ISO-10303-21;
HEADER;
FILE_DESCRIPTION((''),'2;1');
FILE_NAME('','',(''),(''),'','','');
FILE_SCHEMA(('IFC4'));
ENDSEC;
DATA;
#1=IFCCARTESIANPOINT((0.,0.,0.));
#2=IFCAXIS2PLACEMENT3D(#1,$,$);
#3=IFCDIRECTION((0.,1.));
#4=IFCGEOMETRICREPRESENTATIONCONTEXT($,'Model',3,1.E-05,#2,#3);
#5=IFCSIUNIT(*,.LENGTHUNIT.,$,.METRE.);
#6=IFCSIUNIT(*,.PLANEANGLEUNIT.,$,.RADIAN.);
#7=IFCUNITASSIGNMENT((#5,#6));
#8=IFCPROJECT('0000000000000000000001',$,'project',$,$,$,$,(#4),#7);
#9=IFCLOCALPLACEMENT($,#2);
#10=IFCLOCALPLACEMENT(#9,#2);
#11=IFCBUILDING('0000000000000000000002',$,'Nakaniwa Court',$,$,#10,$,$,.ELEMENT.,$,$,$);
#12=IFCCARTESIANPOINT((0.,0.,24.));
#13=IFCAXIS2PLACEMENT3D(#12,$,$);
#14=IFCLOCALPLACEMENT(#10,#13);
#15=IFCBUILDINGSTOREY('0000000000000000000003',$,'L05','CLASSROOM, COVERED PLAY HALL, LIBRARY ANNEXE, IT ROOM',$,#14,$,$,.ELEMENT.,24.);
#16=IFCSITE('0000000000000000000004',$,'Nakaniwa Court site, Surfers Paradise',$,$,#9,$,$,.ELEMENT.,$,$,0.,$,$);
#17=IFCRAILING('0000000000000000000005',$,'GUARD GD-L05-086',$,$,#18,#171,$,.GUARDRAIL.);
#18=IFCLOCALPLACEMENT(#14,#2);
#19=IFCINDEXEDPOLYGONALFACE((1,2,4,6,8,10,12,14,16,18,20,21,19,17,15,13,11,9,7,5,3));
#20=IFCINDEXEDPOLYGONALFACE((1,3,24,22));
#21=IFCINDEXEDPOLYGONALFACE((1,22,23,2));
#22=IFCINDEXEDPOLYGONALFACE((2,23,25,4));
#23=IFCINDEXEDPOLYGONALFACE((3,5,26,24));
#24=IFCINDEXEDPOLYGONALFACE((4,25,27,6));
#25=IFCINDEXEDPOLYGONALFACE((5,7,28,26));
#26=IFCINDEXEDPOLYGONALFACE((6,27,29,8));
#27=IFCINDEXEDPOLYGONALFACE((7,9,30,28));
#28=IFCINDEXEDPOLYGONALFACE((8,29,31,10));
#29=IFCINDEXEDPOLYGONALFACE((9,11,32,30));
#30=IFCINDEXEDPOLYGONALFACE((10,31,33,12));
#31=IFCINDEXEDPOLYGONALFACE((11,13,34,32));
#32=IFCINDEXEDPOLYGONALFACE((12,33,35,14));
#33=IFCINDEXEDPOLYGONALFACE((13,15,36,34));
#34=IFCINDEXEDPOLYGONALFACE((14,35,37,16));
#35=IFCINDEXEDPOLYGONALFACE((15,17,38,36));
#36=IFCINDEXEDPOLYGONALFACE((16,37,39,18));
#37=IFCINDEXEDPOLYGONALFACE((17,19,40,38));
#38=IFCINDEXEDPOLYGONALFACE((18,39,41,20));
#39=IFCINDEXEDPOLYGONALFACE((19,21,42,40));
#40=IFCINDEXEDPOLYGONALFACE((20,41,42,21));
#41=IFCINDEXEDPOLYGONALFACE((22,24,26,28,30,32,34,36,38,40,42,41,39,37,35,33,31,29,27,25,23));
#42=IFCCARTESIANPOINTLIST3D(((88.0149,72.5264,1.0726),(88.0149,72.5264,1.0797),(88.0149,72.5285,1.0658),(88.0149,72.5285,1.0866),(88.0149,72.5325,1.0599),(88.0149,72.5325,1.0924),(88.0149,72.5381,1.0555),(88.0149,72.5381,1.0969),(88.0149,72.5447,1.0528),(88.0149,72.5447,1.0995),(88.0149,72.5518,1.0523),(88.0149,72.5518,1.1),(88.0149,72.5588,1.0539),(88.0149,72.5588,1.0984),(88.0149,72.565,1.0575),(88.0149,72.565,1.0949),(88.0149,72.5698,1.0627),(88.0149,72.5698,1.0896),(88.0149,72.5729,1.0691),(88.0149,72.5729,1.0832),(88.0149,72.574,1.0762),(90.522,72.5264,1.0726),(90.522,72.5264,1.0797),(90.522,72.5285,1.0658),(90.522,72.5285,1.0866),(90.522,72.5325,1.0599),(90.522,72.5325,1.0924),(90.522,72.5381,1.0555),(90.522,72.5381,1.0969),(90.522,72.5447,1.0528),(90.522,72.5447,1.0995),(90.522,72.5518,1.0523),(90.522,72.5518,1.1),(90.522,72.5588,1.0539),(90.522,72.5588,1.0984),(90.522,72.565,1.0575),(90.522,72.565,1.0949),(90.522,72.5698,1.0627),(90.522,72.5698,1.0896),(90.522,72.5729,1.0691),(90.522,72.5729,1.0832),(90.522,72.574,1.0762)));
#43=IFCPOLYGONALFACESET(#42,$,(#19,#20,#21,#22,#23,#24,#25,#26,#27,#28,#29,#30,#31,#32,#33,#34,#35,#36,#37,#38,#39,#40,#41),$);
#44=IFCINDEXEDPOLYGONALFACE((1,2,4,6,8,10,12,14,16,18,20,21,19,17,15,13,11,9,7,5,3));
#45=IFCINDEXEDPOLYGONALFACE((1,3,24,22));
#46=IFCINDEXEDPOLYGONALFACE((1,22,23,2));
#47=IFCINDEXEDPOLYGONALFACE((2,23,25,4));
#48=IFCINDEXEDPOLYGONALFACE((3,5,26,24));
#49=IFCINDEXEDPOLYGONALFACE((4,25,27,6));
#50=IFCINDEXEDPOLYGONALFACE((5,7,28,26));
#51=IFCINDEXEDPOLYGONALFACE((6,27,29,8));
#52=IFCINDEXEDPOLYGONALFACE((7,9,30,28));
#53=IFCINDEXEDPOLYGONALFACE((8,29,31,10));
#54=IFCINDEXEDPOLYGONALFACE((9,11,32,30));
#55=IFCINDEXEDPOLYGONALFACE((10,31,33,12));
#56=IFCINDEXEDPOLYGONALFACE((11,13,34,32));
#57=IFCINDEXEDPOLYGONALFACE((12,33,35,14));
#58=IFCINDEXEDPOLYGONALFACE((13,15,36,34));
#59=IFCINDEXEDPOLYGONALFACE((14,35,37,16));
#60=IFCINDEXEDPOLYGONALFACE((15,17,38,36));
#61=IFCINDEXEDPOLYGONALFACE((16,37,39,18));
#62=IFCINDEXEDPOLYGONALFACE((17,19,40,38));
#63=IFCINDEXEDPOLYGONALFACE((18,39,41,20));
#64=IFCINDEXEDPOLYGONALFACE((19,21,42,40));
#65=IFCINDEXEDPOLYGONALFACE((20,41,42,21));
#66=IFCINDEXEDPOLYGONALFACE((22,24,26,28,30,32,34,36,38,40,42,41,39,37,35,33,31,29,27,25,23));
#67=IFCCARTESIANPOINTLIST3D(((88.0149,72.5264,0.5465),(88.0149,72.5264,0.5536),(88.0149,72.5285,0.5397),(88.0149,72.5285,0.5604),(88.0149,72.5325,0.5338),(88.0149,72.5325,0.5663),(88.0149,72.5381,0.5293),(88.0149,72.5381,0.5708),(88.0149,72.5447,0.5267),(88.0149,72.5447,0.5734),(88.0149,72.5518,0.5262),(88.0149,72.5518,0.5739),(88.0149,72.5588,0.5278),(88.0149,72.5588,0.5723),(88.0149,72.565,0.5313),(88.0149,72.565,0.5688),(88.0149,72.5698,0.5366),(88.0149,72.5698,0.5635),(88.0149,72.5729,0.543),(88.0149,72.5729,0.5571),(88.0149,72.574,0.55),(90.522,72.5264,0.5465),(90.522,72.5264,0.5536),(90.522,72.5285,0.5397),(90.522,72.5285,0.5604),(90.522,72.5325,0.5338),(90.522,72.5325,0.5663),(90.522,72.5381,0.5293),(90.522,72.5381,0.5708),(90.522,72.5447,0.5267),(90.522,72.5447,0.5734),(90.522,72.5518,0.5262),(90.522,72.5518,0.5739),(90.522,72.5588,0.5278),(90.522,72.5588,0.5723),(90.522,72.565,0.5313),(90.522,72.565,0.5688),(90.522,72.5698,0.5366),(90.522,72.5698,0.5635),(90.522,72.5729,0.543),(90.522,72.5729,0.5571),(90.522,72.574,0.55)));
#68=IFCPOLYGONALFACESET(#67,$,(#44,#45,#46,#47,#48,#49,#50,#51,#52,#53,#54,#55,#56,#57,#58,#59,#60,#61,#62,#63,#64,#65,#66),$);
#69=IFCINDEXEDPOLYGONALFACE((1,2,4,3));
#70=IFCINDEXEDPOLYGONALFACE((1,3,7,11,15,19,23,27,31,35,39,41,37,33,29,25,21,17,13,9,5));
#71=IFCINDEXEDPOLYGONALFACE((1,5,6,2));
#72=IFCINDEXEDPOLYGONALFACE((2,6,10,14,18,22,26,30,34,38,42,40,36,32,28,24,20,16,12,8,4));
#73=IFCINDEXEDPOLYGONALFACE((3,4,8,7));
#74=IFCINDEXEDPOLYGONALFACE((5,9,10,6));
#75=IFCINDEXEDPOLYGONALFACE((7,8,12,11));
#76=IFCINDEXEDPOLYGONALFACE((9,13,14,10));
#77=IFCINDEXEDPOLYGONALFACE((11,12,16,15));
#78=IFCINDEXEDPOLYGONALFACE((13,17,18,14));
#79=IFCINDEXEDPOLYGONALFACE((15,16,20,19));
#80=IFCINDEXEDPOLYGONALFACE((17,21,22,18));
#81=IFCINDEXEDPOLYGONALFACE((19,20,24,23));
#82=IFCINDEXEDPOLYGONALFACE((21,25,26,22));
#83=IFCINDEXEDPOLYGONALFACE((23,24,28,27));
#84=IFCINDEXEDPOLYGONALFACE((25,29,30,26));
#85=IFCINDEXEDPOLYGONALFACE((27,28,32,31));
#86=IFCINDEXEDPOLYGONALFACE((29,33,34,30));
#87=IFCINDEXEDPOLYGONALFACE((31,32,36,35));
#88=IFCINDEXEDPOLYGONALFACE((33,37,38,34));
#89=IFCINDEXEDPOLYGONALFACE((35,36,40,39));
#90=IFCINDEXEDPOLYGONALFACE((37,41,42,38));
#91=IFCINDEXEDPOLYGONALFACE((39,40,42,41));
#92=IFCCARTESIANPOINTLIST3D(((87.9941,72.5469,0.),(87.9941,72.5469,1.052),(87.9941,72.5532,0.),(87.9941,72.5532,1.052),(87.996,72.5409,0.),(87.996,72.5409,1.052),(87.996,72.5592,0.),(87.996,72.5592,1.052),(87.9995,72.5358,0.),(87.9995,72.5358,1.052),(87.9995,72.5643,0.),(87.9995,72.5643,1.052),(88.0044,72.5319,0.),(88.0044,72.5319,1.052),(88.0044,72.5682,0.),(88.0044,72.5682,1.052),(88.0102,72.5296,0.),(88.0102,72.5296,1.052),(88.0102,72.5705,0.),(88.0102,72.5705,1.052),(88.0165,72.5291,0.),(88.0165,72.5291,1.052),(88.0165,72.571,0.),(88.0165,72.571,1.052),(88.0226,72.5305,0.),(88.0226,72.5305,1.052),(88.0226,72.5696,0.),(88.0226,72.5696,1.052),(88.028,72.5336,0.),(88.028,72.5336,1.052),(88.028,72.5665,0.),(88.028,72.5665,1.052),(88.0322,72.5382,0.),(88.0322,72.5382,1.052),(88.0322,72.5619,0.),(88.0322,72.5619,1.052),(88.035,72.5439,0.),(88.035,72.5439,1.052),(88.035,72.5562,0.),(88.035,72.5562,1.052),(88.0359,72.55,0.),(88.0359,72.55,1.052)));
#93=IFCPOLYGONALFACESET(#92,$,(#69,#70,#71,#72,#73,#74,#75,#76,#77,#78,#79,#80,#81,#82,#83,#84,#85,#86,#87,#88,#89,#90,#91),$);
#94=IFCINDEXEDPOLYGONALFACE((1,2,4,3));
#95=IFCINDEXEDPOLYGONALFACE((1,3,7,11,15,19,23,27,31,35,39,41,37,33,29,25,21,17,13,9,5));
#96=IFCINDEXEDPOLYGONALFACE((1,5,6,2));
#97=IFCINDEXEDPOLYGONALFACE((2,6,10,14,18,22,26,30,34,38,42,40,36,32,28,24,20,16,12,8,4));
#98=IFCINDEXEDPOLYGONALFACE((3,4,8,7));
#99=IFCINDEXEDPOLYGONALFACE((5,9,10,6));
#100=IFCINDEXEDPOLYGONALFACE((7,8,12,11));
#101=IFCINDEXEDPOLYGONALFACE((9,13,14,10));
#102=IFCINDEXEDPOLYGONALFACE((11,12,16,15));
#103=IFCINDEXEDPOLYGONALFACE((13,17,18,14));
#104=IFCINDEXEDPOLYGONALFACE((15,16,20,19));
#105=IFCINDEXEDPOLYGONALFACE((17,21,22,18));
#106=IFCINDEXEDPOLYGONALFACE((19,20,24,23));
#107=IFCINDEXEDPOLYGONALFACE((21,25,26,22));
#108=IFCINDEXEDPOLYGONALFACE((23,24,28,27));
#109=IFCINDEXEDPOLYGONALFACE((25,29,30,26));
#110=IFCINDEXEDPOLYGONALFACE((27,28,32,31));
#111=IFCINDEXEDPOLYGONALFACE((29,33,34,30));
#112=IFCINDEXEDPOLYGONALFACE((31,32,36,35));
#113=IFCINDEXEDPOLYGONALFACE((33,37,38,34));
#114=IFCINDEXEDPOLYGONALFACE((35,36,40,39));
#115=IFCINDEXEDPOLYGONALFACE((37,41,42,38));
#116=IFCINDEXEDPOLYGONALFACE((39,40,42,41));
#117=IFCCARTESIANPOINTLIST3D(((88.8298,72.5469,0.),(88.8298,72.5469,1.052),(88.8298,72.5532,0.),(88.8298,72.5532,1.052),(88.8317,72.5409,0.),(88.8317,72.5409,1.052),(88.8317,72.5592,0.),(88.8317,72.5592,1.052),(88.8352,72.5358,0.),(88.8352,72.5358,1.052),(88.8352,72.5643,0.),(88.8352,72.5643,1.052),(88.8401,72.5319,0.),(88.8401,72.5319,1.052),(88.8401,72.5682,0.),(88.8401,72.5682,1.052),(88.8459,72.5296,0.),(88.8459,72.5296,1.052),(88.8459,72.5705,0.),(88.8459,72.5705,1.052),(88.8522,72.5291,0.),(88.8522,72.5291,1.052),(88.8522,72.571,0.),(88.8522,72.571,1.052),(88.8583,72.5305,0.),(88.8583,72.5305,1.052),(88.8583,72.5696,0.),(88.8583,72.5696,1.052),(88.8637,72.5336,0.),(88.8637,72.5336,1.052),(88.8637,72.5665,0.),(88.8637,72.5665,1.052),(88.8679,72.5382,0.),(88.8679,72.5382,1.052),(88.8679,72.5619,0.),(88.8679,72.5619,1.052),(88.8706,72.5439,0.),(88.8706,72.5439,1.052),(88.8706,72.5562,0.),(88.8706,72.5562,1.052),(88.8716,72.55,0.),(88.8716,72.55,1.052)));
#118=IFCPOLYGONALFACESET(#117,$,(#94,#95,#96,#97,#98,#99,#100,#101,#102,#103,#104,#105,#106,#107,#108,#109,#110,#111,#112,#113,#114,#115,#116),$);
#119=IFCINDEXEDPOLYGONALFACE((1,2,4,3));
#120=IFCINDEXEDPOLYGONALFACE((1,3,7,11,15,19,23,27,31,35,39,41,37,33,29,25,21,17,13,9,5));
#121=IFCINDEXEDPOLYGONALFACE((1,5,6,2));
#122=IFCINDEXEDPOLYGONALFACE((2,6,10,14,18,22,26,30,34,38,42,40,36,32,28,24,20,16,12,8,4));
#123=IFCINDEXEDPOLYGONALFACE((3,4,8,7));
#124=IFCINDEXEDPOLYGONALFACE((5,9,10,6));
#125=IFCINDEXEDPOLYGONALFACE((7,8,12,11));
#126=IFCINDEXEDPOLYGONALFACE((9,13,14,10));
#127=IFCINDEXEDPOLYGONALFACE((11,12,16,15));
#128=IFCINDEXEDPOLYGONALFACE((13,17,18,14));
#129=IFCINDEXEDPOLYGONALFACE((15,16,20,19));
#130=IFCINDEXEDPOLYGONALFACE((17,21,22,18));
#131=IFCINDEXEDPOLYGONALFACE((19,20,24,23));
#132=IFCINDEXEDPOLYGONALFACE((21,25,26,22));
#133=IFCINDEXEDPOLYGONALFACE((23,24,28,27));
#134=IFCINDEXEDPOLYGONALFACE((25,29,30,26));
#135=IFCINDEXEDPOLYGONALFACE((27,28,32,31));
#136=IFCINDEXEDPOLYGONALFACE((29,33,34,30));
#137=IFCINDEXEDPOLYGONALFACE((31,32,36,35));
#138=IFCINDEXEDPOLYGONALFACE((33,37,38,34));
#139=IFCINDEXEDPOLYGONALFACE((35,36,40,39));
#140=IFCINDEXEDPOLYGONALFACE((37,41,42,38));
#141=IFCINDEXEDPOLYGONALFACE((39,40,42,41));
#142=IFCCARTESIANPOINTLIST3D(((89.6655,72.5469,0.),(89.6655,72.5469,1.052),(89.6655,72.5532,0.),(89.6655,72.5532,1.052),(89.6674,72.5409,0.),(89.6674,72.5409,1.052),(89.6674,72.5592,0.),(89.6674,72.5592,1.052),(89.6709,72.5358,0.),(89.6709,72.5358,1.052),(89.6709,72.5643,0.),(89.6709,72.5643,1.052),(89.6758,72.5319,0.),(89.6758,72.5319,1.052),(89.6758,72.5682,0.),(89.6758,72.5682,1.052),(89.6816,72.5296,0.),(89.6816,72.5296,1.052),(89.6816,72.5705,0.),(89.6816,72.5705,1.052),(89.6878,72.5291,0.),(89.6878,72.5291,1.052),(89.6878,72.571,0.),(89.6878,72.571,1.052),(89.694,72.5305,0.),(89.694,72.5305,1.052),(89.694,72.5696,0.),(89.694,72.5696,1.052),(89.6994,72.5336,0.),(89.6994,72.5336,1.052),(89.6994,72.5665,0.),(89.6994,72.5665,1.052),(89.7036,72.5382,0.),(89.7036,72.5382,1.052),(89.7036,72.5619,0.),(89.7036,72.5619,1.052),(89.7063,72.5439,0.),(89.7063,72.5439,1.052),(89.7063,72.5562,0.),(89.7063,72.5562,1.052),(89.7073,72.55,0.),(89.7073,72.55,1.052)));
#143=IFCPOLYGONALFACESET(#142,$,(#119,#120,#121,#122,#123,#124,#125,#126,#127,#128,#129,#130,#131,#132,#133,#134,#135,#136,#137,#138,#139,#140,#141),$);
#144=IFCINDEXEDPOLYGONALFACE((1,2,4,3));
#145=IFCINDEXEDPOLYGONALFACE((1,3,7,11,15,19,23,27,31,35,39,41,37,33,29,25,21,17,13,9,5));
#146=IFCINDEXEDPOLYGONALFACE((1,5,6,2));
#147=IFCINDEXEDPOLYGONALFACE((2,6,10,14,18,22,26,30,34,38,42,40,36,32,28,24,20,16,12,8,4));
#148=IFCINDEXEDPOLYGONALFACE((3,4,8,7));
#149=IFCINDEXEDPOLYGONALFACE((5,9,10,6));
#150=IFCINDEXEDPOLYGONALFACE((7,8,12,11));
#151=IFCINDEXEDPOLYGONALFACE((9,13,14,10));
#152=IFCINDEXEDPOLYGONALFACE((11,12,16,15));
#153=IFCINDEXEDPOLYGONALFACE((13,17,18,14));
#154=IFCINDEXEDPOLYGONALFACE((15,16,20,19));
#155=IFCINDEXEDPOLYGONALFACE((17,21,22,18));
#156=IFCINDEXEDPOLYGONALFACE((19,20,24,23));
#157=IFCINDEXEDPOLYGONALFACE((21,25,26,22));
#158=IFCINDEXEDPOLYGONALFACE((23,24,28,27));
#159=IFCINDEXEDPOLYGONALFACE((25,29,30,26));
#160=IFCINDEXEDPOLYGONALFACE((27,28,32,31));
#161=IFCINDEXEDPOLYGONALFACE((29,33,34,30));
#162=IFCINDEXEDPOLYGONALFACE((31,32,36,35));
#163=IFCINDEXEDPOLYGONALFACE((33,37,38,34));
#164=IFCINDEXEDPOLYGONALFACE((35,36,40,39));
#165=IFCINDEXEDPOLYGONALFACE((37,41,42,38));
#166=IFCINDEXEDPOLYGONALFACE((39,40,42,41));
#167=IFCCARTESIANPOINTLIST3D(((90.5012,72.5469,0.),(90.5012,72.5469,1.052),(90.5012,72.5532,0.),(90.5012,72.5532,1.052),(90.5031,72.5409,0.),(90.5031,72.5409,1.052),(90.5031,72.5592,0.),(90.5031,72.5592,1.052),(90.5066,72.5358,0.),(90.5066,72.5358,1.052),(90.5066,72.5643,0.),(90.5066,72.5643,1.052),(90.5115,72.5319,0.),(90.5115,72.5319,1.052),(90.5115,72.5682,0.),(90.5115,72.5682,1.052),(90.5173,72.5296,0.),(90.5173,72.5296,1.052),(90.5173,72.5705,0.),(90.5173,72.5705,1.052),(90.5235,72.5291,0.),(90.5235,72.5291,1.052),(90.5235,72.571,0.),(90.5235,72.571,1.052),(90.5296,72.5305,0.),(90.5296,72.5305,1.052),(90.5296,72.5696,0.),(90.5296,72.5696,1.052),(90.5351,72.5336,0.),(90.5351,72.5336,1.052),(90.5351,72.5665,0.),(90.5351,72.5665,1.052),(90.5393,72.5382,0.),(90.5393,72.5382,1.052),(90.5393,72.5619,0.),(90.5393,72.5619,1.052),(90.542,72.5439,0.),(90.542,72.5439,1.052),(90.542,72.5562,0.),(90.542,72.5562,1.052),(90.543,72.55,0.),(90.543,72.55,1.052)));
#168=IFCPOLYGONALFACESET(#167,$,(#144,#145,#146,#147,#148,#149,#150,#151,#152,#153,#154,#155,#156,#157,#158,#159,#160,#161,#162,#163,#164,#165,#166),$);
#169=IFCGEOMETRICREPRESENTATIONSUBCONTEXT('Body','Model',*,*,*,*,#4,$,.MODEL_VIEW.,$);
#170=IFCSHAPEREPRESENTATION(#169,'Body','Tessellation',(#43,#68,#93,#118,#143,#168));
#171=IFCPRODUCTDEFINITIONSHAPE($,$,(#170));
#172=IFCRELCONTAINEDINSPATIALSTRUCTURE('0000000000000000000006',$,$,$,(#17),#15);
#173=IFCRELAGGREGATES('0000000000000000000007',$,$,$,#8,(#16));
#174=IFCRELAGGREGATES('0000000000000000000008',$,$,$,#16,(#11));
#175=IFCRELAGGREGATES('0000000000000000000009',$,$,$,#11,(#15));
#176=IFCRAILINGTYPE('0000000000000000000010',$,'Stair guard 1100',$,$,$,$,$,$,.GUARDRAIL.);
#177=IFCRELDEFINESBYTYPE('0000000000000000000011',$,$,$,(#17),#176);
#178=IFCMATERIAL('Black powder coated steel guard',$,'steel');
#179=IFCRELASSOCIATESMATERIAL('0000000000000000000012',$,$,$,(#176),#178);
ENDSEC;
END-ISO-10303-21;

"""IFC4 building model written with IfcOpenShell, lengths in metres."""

from ifc_helpers import new_model, si_unit, direction, frame, origin, origin_2d, place, context, subcontext, project, spatial, circle, extrude, material, type_object, element, save


model = new_model("IFC4")

# Units and contexts
model_context = context("Model", 3, precision=1e-05, world=origin(), true_north=direction((0.0, 1.0)))
body_context = subcontext(model_context, "Body", "Model", "MODEL_VIEW")
ifc_project = project(units=[si_unit("LENGTHUNIT", "METRE"), si_unit("PLANEANGLEUNIT", "RADIAN")], contexts=[model_context])

# Site, building, storey
site_placement = place(None, origin())
site = spatial("IfcSite", under=ifc_project, at=site_placement, Name="Nakaniwa Court site, Surfers Paradise", CompositionType="ELEMENT", RefElevation=0.0)
building_placement = place(site_placement, origin())
building = spatial("IfcBuilding", under=site, at=building_placement, Name="Nakaniwa Court", CompositionType="ELEMENT")
storey_placement = place(building_placement, frame((0.0, 0.0, 24.0)))
storey = spatial("IfcBuildingStorey", under=building, at=storey_placement, Name="L05", Description="CLASSROOM, COVERED PLAY HALL, LIBRARY ANNEXE, IT ROOM", CompositionType="ELEMENT", Elevation=24.0)

# Railing
ifc_material_1 = material(Name="Black powder coated steel guard", Category="steel")
railing_type = type_object("IfcRailingType", Name="Stair guard 1100", PredefinedType="GUARDRAIL", material=ifc_material_1)
railing_1_placement = place(storey_placement, frame((88.0149, 72.55, 0.0)))
element("IfcRailing", 1, at=railing_1_placement, inside=storey, type_object=railing_type, Name="GUARD GD-L05-086", PredefinedType="GUARDRAIL", context=body_context, shape_type="SweptSolid", body=[
    extrude(circle(Radius=0.0239, at=origin_2d()), frame((0.0, 0.0, 1.0762), z_axis=(1.0, 0.0, 0.0), x_axis=(0.0, 1.0, 0.0)), (0.0, 0.0, 1.0), 2.5071),
    extrude(circle(Radius=0.0239, at=origin_2d()), frame((0.0, 0.0, 0.55), z_axis=(1.0, 0.0, 0.0), x_axis=(0.0, 1.0, 0.0)), (0.0, 0.0, 1.0), 2.5071),
    extrude(circle(Radius=0.021, at=origin_2d()), origin(), (0.0, 0.0, 1.0), 1.052),
    extrude(circle(Radius=0.021, at=origin_2d()), frame((0.8357, 0.0, 0.0)), (0.0, 0.0, 1.0), 1.052),
    extrude(circle(Radius=0.021, at=origin_2d()), frame((1.6714, 0.0, 0.0)), (0.0, 0.0, 1.0), 1.052),
    extrude(circle(Radius=0.021, at=origin_2d()), frame((2.5071, 0.0, 0.0)), (0.0, 0.0, 1.0), 1.052),
])

save(model, "model.ifc")
